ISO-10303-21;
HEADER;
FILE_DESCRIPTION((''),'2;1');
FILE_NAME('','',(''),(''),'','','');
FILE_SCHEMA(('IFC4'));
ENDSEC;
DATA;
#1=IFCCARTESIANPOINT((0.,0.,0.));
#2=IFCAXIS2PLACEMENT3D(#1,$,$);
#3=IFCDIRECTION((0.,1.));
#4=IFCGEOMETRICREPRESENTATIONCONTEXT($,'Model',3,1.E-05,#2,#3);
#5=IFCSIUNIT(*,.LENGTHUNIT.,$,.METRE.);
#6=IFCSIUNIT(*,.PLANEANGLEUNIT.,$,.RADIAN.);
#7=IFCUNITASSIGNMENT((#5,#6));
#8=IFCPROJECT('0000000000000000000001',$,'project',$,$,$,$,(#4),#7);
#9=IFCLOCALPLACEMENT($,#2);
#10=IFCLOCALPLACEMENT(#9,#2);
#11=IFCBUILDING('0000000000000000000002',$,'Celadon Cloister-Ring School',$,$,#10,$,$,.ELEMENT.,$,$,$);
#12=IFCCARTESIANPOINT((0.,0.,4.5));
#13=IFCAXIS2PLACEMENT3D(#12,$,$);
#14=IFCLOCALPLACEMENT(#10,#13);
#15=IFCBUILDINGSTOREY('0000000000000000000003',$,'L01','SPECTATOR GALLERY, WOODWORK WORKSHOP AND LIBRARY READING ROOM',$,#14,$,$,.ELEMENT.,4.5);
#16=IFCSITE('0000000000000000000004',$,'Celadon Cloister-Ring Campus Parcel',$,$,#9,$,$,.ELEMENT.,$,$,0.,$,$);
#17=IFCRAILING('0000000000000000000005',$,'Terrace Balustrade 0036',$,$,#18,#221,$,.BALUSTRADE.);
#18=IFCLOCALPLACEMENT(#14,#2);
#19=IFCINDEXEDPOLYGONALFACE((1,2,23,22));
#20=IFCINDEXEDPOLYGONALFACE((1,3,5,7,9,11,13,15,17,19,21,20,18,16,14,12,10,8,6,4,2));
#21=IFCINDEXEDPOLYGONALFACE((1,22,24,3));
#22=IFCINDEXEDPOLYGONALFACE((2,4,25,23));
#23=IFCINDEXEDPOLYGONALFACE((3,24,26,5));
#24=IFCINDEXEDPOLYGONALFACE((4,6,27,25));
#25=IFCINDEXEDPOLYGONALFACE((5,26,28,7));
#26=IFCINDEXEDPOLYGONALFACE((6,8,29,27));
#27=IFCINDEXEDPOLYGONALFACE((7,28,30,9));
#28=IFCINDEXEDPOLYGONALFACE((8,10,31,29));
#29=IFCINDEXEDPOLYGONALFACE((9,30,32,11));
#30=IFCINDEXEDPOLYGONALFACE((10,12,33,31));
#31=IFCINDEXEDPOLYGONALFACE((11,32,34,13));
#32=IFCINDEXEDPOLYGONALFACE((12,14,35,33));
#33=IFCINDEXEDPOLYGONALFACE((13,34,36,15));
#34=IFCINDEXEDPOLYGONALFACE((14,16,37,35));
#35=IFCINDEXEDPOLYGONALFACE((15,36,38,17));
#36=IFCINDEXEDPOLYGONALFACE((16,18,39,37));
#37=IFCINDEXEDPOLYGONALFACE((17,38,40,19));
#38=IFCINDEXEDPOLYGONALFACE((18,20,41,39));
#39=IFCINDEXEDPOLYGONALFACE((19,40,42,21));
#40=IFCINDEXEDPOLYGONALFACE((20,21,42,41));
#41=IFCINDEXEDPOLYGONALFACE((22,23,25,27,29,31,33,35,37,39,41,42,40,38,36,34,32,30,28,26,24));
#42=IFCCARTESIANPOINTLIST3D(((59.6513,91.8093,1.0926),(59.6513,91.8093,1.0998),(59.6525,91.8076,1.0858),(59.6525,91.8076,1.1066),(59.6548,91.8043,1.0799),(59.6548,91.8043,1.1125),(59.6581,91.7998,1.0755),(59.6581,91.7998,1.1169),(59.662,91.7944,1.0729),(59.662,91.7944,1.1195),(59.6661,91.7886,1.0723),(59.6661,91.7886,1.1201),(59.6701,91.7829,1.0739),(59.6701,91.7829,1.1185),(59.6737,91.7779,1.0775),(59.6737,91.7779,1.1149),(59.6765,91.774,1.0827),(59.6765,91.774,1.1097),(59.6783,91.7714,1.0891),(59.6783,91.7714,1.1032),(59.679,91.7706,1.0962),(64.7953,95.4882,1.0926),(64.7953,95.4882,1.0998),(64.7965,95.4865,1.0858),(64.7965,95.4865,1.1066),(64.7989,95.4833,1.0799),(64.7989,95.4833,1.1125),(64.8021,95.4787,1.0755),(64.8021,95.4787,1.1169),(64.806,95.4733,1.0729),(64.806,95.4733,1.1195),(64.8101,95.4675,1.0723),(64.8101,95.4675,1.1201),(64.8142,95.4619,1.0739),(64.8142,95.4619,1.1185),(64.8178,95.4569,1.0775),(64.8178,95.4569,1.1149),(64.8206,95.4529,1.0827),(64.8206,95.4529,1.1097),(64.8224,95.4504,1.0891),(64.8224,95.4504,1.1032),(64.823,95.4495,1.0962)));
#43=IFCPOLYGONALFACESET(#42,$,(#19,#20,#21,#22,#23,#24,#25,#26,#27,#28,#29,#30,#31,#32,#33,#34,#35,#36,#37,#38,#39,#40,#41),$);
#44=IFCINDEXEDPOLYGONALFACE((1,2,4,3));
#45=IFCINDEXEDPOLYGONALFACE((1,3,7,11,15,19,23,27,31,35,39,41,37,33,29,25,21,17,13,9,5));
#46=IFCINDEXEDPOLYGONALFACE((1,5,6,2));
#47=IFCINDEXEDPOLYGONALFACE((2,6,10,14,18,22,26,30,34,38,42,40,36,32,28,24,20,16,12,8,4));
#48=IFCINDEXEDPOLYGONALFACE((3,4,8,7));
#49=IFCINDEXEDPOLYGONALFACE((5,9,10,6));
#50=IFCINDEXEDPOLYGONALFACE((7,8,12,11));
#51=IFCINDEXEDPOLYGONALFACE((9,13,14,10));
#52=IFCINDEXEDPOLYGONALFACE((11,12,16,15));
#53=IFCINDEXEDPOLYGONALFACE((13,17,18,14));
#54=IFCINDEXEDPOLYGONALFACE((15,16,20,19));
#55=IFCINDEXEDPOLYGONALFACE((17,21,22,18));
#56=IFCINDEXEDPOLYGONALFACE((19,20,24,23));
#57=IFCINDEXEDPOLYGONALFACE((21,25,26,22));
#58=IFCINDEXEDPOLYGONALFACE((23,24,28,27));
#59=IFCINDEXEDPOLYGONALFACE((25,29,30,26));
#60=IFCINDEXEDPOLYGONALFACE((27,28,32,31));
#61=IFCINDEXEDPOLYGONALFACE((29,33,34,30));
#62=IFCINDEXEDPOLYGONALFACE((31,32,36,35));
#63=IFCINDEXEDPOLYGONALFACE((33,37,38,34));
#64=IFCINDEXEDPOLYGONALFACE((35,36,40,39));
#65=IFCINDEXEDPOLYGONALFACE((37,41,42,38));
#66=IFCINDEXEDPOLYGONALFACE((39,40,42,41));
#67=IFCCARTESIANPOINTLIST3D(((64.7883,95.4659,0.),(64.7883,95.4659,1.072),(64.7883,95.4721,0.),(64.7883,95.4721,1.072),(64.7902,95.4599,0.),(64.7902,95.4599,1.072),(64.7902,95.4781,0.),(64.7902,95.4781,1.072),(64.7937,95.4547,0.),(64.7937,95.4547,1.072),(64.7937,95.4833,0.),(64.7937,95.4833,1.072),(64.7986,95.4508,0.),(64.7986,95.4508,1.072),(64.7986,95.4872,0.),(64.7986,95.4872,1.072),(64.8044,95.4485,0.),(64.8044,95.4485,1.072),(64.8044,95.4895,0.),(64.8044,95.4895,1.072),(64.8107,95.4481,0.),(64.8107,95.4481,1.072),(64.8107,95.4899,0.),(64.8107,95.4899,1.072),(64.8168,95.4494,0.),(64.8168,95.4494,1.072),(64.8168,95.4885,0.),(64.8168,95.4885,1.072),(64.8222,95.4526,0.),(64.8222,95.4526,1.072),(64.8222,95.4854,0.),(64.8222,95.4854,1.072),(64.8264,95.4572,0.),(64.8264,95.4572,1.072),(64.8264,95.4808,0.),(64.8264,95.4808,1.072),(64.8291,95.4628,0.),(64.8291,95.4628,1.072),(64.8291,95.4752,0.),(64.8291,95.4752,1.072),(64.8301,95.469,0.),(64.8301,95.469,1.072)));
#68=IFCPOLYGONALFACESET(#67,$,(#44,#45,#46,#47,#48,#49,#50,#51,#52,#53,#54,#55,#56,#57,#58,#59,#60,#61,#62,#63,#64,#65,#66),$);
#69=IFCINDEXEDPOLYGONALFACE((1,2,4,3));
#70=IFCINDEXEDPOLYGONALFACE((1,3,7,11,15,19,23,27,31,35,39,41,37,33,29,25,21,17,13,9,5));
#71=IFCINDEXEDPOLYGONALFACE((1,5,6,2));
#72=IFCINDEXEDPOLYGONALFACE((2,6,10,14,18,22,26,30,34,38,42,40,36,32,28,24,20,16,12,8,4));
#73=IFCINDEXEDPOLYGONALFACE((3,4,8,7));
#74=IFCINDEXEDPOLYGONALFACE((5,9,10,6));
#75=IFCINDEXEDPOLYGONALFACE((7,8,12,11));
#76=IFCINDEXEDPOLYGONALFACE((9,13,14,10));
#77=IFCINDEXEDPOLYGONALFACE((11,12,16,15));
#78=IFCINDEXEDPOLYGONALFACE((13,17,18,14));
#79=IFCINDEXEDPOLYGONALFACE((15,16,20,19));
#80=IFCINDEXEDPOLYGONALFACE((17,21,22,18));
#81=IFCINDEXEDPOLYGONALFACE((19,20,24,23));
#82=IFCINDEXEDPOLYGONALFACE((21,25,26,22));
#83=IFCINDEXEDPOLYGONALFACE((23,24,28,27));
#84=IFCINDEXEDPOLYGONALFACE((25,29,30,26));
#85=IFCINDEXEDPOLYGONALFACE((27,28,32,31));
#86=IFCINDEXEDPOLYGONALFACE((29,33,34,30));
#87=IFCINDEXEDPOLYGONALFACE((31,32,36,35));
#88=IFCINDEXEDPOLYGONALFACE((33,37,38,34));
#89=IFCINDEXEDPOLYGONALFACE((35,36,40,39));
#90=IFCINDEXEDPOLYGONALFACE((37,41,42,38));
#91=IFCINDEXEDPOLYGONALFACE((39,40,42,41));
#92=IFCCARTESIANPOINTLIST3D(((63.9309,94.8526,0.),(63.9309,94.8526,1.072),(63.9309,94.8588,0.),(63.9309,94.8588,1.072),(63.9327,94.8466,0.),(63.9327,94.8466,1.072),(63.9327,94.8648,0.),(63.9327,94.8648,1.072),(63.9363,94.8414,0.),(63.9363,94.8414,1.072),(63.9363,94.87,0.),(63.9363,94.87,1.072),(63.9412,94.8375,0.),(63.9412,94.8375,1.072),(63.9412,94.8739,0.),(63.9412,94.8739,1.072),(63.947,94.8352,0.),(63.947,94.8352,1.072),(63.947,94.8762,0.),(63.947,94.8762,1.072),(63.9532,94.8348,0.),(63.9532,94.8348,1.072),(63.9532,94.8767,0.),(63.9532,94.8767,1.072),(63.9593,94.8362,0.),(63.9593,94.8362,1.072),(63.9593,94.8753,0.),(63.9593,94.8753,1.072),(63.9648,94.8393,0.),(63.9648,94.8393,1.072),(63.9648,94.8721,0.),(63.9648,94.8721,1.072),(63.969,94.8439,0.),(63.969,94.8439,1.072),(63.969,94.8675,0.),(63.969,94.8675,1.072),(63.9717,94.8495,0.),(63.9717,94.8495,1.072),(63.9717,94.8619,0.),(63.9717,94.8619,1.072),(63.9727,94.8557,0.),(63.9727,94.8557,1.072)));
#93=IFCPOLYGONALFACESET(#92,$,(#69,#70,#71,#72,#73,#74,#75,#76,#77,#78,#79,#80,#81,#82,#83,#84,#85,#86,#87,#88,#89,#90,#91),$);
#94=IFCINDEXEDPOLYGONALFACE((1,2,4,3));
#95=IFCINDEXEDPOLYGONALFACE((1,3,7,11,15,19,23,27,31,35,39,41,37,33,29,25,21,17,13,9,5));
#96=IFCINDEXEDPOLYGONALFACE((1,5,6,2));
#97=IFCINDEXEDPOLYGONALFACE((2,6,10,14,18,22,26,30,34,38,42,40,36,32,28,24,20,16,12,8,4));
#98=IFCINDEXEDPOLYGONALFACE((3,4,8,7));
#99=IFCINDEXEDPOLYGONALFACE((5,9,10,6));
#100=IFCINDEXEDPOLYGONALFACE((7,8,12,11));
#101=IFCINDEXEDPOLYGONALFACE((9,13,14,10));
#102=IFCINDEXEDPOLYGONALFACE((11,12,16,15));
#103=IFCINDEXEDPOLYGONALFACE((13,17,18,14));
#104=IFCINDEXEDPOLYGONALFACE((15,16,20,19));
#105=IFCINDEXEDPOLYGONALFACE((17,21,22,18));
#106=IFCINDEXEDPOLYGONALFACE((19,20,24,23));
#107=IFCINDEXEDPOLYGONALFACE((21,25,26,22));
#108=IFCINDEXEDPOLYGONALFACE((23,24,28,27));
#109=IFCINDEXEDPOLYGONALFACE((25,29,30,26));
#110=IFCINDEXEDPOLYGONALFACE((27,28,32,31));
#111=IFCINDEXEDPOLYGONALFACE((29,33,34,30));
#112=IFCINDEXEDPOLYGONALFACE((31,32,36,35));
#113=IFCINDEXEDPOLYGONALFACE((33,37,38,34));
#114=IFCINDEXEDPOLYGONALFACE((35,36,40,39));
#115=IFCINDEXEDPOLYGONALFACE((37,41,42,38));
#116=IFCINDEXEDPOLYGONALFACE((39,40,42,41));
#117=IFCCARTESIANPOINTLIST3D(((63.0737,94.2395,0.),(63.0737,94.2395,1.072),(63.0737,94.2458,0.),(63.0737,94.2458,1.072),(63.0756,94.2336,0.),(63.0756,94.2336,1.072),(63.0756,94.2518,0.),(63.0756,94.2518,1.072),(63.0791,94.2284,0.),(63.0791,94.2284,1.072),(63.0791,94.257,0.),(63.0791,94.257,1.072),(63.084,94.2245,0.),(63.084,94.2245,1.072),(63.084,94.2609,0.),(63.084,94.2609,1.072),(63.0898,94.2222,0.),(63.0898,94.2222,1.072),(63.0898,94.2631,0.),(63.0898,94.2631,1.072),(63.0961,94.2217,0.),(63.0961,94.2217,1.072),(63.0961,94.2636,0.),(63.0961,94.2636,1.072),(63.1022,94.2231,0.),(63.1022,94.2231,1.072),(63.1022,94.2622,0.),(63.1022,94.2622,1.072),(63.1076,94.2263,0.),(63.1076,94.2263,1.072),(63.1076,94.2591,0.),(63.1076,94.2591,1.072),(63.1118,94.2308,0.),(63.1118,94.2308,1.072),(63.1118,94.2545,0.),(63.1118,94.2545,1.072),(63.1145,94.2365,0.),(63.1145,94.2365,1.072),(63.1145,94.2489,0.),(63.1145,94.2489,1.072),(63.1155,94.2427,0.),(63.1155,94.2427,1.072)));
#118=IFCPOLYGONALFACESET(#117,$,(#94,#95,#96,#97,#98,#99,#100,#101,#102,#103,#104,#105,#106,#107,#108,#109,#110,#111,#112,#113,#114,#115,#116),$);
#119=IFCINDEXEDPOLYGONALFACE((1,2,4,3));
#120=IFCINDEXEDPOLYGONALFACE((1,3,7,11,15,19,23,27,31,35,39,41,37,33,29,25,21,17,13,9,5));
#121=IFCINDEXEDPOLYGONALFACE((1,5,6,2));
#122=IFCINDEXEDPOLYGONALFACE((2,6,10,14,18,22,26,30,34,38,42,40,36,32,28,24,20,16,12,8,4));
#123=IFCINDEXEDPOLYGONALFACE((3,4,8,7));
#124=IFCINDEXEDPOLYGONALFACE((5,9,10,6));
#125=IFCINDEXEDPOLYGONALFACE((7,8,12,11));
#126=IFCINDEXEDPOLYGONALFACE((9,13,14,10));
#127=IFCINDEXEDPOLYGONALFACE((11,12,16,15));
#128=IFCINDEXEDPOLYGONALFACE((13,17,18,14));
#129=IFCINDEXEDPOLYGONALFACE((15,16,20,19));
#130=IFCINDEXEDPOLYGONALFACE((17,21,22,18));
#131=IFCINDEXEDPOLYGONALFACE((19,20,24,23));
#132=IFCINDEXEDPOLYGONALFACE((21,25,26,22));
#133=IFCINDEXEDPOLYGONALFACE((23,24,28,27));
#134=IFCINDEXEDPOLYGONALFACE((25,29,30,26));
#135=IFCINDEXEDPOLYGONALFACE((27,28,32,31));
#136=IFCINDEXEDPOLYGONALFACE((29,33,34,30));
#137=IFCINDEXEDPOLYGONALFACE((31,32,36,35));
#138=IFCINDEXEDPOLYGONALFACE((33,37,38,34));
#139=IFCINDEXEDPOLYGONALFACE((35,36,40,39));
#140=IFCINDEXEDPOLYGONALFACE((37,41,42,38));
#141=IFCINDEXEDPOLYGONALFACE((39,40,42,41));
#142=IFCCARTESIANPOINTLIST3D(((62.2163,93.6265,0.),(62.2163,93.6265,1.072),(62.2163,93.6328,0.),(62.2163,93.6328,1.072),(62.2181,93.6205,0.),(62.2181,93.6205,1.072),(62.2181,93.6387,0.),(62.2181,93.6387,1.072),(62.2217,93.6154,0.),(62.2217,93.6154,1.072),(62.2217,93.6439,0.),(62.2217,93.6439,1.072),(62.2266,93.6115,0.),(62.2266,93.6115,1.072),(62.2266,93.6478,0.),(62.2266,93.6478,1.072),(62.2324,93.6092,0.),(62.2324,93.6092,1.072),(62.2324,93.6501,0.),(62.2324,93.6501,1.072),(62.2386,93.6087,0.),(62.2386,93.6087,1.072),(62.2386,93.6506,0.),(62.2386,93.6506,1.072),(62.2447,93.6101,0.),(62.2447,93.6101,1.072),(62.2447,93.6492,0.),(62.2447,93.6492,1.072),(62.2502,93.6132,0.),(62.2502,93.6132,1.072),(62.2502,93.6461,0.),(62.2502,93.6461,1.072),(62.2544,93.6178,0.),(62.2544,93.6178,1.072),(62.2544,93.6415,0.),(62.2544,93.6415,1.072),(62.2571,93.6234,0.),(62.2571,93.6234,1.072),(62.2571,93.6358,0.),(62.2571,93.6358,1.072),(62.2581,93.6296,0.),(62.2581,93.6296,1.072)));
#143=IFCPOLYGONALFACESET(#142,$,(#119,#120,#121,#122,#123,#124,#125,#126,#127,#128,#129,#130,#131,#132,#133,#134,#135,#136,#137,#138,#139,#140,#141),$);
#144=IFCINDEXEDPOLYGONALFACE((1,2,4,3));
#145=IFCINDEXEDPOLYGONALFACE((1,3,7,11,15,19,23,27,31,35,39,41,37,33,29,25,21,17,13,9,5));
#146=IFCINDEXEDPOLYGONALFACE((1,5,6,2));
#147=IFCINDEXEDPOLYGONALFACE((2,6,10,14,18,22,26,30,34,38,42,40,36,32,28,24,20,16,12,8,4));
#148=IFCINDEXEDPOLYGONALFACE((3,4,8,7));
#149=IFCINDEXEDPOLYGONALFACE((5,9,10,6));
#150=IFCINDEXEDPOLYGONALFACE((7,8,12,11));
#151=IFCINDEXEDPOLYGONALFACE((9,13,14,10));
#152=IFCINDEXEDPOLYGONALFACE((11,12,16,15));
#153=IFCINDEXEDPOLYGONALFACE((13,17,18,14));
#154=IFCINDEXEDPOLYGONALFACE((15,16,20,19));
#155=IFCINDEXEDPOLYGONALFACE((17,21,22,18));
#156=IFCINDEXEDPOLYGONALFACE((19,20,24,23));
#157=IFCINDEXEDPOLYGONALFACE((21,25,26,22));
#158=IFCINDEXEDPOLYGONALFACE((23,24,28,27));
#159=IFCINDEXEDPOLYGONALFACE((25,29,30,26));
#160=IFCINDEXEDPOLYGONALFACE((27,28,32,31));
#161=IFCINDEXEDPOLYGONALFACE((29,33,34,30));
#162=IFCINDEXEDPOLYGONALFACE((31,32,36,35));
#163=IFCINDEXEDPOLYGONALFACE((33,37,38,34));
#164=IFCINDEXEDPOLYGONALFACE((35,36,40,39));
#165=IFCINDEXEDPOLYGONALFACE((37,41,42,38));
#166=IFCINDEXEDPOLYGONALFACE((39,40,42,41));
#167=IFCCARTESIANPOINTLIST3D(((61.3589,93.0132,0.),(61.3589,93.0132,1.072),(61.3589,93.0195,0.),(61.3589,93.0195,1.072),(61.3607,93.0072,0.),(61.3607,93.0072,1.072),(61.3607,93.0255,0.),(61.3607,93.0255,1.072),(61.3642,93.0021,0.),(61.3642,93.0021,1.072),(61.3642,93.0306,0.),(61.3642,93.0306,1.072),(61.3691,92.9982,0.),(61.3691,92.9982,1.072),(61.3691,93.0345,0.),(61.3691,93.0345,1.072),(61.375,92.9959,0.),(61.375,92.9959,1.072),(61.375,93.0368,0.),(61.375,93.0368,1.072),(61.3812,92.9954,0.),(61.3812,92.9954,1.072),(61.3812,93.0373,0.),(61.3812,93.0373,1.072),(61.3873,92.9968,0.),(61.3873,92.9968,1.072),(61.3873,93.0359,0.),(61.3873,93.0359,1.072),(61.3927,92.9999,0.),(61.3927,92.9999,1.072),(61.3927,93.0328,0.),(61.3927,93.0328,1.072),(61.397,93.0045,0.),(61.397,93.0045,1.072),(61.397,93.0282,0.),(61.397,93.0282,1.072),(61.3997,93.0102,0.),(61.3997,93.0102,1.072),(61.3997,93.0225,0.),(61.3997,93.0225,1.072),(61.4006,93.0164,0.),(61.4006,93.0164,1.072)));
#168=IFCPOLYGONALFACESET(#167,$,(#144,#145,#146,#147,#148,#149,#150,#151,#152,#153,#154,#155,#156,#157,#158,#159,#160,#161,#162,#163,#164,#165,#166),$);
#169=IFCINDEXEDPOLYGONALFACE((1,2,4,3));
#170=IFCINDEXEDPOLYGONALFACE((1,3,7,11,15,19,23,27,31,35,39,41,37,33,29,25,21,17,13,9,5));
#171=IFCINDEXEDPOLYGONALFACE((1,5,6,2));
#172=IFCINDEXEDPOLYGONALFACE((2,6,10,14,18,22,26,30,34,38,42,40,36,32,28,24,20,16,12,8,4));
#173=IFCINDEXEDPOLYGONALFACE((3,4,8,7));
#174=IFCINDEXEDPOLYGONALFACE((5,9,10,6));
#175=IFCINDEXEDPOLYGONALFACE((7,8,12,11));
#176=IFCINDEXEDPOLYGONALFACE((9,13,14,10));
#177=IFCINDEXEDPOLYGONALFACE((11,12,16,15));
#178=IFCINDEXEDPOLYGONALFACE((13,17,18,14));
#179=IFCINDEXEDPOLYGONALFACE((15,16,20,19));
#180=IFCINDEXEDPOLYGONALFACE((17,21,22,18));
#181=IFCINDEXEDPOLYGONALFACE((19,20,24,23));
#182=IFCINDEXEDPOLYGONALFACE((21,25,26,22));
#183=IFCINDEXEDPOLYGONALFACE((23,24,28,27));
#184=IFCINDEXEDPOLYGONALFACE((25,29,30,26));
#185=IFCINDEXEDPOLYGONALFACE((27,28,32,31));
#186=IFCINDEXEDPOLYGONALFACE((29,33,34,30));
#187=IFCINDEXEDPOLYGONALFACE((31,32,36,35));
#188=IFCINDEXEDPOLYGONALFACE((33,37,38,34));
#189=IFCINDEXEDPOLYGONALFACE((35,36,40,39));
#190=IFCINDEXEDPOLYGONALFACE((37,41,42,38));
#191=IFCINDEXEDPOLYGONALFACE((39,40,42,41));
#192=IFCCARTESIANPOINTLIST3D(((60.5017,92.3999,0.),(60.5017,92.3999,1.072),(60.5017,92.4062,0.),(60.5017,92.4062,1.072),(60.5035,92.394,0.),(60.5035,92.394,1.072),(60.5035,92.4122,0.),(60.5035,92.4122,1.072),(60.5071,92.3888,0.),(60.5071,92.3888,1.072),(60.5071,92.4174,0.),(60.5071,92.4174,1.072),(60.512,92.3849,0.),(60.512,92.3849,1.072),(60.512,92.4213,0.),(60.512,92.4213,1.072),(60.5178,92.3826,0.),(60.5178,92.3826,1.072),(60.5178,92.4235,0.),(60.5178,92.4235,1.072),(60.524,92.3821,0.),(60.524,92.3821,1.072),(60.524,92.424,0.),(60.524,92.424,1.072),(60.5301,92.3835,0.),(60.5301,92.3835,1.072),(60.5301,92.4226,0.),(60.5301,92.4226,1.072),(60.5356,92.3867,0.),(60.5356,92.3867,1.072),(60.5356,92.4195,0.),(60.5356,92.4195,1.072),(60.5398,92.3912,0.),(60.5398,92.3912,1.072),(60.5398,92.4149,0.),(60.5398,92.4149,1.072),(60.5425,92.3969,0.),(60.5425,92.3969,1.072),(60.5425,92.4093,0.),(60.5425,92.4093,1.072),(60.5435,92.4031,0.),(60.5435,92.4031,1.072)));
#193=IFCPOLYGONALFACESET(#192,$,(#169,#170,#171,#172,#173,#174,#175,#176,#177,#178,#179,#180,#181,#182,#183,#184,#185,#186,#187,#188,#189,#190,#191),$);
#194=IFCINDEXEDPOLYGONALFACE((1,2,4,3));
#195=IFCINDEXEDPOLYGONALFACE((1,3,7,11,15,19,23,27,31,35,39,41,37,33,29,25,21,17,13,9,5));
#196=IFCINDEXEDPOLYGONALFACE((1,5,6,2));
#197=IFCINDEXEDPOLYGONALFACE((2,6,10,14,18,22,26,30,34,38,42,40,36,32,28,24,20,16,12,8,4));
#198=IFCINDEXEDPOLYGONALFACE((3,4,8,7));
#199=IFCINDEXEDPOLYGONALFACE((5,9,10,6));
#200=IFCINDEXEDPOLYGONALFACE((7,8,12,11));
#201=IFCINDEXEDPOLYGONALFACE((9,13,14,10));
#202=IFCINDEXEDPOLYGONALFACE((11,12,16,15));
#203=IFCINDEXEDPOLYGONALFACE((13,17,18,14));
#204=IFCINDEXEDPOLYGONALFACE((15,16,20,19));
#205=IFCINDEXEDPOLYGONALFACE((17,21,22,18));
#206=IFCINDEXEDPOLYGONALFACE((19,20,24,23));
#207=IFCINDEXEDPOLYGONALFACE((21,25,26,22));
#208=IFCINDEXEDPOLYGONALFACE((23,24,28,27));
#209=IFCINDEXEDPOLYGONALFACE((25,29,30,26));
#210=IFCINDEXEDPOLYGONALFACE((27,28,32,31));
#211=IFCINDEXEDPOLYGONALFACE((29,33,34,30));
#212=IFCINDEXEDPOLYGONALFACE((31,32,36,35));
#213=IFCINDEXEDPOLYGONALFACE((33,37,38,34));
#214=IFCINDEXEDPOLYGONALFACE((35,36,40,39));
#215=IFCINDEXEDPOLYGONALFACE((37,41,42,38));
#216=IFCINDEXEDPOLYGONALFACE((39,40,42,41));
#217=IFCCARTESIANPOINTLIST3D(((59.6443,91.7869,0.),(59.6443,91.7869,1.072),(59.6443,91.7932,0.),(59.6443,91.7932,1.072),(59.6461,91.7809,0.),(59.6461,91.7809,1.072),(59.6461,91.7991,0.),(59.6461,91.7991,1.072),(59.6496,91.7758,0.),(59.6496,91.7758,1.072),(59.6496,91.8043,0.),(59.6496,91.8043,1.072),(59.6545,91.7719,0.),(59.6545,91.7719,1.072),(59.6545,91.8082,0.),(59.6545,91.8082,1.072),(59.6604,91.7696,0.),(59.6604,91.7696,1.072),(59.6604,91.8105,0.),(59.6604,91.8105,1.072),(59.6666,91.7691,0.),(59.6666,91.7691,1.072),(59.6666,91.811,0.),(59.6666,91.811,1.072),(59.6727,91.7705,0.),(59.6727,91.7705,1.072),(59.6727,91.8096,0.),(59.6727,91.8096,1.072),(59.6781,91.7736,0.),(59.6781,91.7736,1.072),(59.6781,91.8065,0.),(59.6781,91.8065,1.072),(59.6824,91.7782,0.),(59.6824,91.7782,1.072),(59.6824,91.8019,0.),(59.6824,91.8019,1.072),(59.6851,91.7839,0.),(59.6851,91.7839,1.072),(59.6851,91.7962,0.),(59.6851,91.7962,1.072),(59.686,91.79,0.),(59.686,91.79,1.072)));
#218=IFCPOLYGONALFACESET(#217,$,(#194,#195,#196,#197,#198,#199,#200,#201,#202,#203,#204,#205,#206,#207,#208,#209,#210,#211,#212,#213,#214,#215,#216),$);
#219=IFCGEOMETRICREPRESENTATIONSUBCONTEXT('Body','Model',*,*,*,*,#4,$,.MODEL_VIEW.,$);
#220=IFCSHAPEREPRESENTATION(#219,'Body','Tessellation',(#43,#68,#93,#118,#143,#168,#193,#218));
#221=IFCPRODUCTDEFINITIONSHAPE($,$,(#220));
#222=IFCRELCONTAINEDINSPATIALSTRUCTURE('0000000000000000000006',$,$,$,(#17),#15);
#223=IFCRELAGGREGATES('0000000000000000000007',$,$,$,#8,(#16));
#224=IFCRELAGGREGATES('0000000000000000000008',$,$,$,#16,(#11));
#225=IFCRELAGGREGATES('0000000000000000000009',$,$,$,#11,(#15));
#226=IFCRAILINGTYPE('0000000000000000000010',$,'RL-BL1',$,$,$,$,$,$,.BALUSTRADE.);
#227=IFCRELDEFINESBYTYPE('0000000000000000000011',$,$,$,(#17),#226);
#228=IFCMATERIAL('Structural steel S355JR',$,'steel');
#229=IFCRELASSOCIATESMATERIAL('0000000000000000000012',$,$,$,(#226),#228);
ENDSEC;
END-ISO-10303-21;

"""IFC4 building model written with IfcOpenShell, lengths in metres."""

from ifc_helpers import new_model, si_unit, direction, frame, origin, origin_2d, place, context, subcontext, project, spatial, circle, extrude, material, type_object, element, save


model = new_model("IFC4")

# Units and contexts
model_context = context("Model", 3, precision=1e-05, world=origin(), true_north=direction((0.0, 1.0)))
body_context = subcontext(model_context, "Body", "Model", "MODEL_VIEW")
ifc_project = project(units=[si_unit("LENGTHUNIT", "METRE"), si_unit("PLANEANGLEUNIT", "RADIAN")], contexts=[model_context])

# Site, building, storey
site_placement = place(None, origin())
site = spatial("IfcSite", under=ifc_project, at=site_placement, Name="Celadon Cloister-Ring Campus Parcel", CompositionType="ELEMENT", RefElevation=0.0)
building_placement = place(site_placement, origin())
building = spatial("IfcBuilding", under=site, at=building_placement, Name="Celadon Cloister-Ring School", CompositionType="ELEMENT")
storey_placement = place(building_placement, frame((0.0, 0.0, 4.5)))
storey = spatial("IfcBuildingStorey", under=building, at=storey_placement, Name="L01", Description="SPECTATOR GALLERY, WOODWORK WORKSHOP AND LIBRARY READING ROOM", CompositionType="ELEMENT", Elevation=4.5)

# Railing
ifc_material_1 = material(Name="Structural steel S355JR", Category="steel")
railing_type = type_object("IfcRailingType", Name="RL-BL1", PredefinedType="BALUSTRADE", material=ifc_material_1)
railing_1_placement = place(storey_placement, frame((64.8091, 95.469, 0.0)))
element("IfcRailing", 1, at=railing_1_placement, inside=storey, type_object=railing_type, Name="Terrace Balustrade 0036", PredefinedType="BALUSTRADE", context=body_context, shape_type="SweptSolid", body=[
    extrude(circle(Radius=0.0239, at=origin_2d()), frame((0.0, 0.0, 1.0962), z_axis=(-0.813386, -0.581724, 0.0), x_axis=(0.581724, -0.813386, 0.0)), (0.0, 0.0, 1.0), 6.3242),
    extrude(circle(Radius=0.021, at=origin_2d()), origin(), (0.0, 0.0, 1.0), 1.072),
    extrude(circle(Radius=0.021, at=origin_2d()), frame((-0.8574, -0.6133, 0.0)), (0.0, 0.0, 1.0), 1.072),
    extrude(circle(Radius=0.021, at=origin_2d()), frame((-1.7146, -1.2263, 0.0)), (0.0, 0.0, 1.0), 1.072),
    extrude(circle(Radius=0.021, at=origin_2d()), frame((-2.572, -1.8394, 0.0)), (0.0, 0.0, 1.0), 1.072),
    extrude(circle(Radius=0.021, at=origin_2d()), frame((-3.4294, -2.4526, 0.0)), (0.0, 0.0, 1.0), 1.072),
    extrude(circle(Radius=0.021, at=origin_2d()), frame((-4.2866, -3.0659, 0.0)), (0.0, 0.0, 1.0), 1.072),
    extrude(circle(Radius=0.021, at=origin_2d()), frame((-5.144, -3.679, 0.0)), (0.0, 0.0, 1.0), 1.072),
])

save(model, "model.ifc")
